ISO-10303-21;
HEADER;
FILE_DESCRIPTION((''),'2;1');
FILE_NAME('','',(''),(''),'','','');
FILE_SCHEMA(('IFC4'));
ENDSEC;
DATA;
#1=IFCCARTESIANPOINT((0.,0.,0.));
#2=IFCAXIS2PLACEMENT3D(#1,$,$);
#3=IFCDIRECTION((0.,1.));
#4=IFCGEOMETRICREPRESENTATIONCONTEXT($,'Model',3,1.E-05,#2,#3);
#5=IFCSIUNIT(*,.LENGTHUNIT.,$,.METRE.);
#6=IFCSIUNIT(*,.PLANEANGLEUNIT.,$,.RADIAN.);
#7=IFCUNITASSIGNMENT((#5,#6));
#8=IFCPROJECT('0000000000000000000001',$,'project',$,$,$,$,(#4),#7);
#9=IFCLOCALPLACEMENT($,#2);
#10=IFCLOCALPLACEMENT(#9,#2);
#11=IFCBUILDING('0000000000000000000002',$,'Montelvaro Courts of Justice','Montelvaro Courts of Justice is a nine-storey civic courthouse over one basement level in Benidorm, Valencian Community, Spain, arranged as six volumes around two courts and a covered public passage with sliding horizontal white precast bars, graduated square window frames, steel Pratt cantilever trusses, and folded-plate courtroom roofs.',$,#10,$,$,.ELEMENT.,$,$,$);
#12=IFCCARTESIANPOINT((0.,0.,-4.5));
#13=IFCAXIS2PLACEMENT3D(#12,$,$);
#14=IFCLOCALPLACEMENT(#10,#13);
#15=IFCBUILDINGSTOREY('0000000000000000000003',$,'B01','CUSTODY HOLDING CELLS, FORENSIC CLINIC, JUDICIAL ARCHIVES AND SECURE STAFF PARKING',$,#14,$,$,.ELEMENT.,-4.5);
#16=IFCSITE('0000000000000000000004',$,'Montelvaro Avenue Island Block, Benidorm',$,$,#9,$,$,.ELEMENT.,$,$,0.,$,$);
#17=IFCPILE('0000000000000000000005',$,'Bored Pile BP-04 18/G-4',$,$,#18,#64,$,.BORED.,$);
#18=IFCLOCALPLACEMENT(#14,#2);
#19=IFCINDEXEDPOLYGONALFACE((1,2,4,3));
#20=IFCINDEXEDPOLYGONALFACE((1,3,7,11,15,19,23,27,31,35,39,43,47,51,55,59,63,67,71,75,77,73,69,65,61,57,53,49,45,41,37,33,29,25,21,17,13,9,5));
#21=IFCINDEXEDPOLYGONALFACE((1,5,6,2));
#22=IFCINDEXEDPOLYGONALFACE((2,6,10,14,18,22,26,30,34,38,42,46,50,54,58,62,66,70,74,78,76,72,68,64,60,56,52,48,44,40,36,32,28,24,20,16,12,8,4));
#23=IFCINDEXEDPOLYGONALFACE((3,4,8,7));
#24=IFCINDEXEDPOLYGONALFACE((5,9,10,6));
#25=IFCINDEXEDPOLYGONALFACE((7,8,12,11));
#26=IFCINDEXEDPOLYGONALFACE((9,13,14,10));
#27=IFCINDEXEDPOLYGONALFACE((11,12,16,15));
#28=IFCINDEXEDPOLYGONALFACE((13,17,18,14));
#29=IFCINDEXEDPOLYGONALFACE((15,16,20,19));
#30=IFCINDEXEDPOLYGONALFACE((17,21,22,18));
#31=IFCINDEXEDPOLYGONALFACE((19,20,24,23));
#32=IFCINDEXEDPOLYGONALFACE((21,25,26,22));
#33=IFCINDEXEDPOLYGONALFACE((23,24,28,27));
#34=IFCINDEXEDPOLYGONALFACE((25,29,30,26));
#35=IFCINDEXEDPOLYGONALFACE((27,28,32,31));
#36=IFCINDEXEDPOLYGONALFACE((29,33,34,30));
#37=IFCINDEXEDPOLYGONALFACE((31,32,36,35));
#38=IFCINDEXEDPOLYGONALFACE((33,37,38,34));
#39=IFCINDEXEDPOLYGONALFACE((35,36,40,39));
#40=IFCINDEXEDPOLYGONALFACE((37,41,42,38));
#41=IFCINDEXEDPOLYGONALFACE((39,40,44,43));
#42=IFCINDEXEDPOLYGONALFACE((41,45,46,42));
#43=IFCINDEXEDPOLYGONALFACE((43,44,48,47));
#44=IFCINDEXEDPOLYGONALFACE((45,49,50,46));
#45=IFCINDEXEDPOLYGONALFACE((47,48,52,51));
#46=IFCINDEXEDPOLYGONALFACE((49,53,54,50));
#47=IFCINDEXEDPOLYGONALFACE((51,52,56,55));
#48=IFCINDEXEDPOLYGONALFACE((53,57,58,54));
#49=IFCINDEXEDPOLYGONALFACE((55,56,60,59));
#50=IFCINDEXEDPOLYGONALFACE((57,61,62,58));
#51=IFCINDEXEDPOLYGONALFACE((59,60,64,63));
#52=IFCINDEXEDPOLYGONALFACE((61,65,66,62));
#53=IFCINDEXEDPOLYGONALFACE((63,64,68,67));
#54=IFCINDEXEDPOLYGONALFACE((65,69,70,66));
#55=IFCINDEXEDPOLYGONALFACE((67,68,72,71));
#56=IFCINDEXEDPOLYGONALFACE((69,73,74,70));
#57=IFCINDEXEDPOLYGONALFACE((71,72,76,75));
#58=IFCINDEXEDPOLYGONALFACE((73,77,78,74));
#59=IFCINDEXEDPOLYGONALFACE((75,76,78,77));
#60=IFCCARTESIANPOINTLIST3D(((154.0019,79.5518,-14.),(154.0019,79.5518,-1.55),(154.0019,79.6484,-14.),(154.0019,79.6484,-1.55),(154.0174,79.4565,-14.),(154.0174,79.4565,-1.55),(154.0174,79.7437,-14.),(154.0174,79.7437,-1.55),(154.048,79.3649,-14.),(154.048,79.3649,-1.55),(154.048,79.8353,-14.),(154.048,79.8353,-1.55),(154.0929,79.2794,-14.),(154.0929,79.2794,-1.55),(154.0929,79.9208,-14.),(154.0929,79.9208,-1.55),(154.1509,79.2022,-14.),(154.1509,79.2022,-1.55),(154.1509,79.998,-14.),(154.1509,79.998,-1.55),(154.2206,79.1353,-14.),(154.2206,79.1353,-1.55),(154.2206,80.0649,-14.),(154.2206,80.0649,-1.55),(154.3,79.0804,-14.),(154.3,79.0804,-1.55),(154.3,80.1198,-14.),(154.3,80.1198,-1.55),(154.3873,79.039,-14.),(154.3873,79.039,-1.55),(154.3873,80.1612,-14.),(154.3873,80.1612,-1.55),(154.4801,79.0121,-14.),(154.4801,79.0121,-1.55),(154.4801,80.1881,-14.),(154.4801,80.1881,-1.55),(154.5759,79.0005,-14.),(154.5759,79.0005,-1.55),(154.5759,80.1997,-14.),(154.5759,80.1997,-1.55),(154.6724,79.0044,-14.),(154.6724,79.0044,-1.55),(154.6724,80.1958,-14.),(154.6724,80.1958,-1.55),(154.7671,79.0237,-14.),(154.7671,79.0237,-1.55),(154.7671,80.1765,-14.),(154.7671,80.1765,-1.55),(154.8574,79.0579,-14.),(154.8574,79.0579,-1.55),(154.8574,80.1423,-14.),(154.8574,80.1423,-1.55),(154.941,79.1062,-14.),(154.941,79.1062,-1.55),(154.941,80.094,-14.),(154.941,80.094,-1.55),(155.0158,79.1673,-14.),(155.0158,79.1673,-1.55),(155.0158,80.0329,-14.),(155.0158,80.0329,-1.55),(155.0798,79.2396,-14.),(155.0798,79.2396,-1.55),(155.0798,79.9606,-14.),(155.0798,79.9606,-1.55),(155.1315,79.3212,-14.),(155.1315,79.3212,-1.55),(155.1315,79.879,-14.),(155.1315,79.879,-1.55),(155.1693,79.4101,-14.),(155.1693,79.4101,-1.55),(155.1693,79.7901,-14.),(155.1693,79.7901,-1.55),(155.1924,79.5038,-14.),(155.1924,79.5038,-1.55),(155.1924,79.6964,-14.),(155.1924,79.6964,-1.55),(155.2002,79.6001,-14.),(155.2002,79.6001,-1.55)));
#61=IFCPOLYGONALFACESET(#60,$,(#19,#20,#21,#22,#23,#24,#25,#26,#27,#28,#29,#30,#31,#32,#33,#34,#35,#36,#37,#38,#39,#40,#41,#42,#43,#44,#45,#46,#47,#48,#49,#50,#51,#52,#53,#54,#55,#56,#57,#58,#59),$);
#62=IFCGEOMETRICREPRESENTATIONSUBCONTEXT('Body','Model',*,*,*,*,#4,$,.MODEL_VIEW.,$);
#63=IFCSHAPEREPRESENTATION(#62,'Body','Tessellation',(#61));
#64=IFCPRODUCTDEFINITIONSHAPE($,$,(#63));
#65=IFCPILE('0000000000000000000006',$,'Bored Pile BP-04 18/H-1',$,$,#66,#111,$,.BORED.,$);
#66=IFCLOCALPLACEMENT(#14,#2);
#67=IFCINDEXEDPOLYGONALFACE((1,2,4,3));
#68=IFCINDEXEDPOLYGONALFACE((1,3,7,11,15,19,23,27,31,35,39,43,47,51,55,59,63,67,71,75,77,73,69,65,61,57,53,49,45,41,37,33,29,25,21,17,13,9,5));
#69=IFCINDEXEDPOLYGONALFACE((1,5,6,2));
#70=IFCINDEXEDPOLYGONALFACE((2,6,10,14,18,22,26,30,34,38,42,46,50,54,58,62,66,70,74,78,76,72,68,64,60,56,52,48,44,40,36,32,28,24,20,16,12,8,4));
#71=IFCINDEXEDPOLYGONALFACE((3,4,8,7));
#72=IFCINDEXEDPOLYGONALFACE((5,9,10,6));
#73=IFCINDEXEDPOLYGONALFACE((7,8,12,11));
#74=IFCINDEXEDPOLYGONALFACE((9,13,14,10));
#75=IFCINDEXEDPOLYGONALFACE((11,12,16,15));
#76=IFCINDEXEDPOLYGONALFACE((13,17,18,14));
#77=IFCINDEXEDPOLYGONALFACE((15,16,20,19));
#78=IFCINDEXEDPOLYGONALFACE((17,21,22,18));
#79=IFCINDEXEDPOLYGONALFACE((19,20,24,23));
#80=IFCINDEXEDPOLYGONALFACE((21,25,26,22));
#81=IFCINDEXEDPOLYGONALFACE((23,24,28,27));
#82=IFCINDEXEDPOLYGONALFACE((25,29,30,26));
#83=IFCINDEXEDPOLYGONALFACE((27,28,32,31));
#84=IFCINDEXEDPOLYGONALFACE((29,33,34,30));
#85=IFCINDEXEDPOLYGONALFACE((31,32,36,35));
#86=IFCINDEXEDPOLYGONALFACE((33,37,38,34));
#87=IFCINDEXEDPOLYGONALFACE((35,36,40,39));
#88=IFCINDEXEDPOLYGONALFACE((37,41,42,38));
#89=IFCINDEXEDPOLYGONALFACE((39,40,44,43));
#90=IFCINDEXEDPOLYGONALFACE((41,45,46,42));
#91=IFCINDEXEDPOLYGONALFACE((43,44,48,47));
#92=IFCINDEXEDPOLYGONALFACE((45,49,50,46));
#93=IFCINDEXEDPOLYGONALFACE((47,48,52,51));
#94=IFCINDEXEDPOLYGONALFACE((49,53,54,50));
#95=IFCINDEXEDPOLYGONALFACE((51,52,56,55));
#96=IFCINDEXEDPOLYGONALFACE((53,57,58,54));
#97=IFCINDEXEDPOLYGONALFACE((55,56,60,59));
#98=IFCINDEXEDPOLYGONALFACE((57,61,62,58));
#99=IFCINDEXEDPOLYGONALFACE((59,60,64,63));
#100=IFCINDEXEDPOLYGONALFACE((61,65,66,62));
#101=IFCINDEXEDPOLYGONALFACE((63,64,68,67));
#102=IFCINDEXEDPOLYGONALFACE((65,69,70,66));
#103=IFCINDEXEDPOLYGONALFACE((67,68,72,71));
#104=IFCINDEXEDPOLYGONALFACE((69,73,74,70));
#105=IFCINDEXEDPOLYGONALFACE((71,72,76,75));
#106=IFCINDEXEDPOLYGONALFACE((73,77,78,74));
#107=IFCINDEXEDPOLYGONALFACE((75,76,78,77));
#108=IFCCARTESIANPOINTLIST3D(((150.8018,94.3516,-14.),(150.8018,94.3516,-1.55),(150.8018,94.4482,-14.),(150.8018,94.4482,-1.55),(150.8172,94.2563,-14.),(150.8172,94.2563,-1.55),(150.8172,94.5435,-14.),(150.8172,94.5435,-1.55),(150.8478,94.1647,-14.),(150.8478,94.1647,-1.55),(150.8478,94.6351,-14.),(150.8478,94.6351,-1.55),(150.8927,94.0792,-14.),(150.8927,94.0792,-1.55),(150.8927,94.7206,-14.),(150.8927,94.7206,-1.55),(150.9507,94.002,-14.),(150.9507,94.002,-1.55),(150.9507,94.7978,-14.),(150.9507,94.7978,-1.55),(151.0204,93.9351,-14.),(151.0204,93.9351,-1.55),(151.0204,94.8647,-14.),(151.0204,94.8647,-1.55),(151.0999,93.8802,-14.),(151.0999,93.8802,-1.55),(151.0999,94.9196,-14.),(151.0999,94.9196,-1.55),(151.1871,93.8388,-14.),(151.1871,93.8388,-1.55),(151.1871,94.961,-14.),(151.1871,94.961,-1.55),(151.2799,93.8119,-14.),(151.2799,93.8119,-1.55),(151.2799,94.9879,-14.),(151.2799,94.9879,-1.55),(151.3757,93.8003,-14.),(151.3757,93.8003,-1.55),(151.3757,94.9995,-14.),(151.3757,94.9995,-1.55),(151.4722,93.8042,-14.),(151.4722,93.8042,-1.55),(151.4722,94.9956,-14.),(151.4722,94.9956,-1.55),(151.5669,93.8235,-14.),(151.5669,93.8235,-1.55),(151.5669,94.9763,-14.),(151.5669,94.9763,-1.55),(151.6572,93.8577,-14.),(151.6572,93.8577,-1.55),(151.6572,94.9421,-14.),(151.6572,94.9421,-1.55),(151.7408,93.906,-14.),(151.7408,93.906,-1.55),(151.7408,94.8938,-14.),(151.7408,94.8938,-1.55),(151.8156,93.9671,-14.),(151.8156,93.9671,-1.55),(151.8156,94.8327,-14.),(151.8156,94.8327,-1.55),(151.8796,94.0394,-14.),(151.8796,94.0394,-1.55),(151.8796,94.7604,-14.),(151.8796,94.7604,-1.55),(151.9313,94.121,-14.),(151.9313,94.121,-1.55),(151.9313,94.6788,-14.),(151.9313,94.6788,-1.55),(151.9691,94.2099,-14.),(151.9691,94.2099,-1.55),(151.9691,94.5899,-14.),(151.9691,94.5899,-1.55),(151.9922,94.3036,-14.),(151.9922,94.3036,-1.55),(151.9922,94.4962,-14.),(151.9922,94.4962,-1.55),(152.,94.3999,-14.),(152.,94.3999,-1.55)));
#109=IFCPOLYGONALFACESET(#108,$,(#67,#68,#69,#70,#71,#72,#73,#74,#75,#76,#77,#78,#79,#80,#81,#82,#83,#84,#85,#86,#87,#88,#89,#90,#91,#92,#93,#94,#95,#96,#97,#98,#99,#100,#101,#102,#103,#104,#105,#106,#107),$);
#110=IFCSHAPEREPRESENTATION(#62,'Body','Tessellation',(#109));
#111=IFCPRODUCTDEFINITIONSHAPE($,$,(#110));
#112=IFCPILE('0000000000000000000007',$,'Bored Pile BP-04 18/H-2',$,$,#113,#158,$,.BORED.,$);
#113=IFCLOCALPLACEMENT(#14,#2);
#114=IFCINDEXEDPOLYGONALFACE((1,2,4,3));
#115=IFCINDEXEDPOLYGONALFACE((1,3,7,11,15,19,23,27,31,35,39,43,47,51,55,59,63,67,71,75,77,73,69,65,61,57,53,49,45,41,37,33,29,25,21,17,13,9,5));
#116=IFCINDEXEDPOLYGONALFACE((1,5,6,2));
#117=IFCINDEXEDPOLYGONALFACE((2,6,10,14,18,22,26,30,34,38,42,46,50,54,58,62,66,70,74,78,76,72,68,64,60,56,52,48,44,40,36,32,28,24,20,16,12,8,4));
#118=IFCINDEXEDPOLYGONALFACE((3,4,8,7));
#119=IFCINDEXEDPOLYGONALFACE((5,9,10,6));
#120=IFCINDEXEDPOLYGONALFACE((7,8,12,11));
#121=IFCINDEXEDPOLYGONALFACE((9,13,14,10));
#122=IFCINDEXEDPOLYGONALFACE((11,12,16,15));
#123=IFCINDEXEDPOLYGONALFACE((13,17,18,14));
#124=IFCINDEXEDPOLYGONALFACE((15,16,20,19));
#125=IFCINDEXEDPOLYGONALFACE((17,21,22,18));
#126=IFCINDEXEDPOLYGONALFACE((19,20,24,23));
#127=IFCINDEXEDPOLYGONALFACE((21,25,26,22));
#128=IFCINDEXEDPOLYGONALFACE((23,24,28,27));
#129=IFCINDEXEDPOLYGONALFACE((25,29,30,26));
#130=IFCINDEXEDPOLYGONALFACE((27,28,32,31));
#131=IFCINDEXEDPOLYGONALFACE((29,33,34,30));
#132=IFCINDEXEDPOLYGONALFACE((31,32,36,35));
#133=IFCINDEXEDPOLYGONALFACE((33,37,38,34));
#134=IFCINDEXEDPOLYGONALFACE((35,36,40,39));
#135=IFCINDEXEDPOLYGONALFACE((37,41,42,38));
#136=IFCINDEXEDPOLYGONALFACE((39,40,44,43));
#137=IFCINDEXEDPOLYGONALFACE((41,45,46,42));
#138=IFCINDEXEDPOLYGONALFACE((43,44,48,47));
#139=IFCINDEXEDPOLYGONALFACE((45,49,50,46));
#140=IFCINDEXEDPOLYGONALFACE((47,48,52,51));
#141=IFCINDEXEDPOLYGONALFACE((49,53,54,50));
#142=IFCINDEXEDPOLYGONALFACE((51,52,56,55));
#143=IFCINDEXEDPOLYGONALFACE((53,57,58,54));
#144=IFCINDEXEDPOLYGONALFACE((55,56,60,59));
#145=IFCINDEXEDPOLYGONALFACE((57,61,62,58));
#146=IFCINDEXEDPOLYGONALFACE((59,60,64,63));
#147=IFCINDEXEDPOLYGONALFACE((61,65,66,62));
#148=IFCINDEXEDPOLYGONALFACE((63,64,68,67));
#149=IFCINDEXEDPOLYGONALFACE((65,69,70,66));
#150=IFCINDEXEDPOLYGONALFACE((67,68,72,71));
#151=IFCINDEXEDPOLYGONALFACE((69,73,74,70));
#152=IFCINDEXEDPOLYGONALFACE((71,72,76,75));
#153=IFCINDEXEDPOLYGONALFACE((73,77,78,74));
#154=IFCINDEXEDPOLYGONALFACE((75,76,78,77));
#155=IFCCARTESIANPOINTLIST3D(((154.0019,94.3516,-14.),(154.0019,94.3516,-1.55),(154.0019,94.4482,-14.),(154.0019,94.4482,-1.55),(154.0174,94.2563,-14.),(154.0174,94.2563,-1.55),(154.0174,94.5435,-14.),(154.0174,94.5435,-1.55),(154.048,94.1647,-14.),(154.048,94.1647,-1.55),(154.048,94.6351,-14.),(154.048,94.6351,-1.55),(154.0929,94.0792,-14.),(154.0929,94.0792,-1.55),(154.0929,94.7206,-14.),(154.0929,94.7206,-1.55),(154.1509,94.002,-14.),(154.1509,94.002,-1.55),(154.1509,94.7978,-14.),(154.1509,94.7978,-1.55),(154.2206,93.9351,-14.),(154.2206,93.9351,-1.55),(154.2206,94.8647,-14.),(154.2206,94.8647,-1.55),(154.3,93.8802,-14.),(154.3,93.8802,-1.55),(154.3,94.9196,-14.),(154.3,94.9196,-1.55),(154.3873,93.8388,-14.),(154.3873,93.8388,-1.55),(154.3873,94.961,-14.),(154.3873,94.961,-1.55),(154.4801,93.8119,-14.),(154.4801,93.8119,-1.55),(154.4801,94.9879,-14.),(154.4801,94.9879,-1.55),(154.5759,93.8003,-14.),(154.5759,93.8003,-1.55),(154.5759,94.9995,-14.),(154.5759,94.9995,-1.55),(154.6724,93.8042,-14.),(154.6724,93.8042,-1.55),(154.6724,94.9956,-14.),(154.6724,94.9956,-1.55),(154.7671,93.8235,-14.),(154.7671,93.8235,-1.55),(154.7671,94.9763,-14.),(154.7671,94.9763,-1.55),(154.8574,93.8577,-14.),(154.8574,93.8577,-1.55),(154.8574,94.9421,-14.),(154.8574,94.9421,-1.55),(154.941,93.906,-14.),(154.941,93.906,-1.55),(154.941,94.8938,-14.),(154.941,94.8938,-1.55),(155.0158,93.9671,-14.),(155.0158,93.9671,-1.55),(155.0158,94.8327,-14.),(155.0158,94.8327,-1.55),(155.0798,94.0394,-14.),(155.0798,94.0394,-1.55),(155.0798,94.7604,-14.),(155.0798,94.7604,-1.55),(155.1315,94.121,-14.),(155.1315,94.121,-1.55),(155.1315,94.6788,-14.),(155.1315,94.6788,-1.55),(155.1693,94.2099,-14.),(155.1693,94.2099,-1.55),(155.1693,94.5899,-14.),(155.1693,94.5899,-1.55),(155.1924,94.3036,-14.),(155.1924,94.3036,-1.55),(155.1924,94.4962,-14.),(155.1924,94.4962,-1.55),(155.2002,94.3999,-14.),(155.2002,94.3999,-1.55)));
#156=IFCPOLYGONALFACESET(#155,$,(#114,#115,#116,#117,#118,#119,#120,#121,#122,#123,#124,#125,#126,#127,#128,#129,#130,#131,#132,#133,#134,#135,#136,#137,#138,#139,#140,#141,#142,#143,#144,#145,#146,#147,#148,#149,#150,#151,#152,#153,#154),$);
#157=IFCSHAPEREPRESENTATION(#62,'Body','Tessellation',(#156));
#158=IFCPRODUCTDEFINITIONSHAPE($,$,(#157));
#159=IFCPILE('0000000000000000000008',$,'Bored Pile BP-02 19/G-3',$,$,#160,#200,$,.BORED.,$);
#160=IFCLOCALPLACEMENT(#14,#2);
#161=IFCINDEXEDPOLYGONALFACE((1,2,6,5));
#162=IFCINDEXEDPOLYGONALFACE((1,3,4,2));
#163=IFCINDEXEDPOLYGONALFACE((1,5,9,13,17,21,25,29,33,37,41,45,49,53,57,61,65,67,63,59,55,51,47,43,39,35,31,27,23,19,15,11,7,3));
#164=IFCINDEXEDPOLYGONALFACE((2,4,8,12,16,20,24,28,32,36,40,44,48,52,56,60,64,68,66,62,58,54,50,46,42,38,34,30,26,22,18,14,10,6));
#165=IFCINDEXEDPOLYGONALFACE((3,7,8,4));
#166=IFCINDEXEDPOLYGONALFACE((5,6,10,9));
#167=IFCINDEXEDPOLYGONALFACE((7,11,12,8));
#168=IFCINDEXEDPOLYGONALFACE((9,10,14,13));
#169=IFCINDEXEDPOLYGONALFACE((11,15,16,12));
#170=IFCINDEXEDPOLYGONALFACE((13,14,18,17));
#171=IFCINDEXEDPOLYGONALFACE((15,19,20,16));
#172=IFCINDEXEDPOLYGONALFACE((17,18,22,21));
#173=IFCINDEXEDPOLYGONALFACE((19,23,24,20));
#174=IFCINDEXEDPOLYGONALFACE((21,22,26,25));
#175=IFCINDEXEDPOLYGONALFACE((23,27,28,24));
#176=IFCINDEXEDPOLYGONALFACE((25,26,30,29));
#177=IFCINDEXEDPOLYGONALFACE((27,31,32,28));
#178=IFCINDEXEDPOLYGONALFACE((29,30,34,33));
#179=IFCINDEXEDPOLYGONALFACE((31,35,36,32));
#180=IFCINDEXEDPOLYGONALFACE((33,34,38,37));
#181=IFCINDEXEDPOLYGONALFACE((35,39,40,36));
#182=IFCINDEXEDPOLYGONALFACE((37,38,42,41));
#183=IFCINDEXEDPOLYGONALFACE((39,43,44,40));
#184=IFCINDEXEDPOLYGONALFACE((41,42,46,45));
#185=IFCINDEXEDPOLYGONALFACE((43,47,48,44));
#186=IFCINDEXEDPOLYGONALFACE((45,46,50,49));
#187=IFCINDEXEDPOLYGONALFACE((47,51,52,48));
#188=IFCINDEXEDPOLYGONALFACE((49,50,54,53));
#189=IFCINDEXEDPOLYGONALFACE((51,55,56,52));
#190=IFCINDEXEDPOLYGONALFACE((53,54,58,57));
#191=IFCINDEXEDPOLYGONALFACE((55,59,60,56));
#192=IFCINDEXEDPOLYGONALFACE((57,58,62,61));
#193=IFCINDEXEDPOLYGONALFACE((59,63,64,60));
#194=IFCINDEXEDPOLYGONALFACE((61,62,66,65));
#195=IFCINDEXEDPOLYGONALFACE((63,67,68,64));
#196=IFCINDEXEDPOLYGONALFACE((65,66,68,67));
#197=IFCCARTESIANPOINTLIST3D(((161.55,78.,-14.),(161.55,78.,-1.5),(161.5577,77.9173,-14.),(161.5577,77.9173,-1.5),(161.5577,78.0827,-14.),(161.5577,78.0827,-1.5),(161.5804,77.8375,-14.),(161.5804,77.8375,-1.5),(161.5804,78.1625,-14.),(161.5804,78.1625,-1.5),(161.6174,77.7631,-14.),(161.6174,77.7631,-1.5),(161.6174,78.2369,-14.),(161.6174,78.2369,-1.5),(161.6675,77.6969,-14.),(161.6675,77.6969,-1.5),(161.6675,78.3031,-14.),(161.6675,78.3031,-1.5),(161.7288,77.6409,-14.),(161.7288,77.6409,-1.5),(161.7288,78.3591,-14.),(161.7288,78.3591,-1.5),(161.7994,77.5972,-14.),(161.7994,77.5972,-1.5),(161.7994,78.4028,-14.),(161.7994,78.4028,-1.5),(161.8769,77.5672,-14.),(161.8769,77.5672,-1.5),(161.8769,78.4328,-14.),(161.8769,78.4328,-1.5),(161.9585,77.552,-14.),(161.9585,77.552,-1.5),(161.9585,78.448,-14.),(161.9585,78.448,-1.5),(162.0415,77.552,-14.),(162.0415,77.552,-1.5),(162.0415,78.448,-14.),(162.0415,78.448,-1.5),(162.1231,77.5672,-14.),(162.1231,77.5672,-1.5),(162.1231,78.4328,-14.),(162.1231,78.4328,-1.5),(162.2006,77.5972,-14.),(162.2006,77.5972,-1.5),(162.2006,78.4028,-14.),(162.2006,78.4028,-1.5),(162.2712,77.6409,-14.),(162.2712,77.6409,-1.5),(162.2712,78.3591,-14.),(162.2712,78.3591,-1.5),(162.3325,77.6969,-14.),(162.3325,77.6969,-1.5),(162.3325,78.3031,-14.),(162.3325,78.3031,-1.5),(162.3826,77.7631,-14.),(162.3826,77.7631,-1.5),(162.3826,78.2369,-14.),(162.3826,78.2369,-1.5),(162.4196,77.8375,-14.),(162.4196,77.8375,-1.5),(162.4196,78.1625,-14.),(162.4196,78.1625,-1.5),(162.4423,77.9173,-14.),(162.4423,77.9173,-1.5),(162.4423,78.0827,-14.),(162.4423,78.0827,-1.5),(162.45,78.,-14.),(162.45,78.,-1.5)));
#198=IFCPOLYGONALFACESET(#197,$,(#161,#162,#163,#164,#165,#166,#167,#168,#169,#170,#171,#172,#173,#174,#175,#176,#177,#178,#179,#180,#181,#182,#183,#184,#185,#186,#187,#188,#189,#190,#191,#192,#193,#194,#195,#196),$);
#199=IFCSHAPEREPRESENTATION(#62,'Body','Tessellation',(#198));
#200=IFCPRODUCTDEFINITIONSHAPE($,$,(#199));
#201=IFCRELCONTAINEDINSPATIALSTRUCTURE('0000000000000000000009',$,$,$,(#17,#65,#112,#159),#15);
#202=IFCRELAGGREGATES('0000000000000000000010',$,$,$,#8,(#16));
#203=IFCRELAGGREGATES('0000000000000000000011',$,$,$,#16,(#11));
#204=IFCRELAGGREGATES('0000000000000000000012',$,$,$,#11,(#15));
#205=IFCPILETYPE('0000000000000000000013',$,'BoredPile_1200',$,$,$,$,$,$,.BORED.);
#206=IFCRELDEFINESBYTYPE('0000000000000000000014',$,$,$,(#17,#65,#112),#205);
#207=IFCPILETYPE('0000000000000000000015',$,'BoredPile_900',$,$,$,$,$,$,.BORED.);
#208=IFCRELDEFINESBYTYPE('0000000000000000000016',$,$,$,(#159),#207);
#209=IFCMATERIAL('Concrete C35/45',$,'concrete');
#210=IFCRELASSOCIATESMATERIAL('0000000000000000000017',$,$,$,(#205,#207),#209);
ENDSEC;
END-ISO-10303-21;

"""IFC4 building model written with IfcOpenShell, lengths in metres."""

from ifc_helpers import new_model, si_unit, direction, frame, origin, origin_2d, place, context, subcontext, project, spatial, circle, extrude, material, material_profile, profile_set, type_object, element, save


model = new_model("IFC4")

# Units and contexts
model_context = context("Model", 3, precision=1e-05, world=origin(), true_north=direction((0.0, 1.0)))
body_context = subcontext(model_context, "Body", "Model", "MODEL_VIEW")
ifc_project = project(units=[si_unit("LENGTHUNIT", "METRE"), si_unit("PLANEANGLEUNIT", "RADIAN")], contexts=[model_context])

# Site, building, storey
site_placement = place(None, origin())
site = spatial("IfcSite", under=ifc_project, at=site_placement, Name="Montelvaro Avenue Island Block, Benidorm", CompositionType="ELEMENT", RefElevation=0.0)
building_placement = place(site_placement, origin())
building = spatial("IfcBuilding", under=site, at=building_placement, Name="Montelvaro Courts of Justice", Description="Montelvaro Courts of Justice is a nine-storey civic courthouse over one basement level in Benidorm, Valencian Community, Spain, arranged as six volumes around two courts and a covered public passage with sliding horizontal white precast bars, graduated square window frames, steel Pratt cantilever trusses, and folded-plate courtroom roofs.", CompositionType="ELEMENT")
storey_placement = place(building_placement, frame((0.0, 0.0, -4.5)))
storey = spatial("IfcBuildingStorey", under=building, at=storey_placement, Name="B01", Description="CUSTODY HOLDING CELLS, FORENSIC CLINIC, JUDICIAL ARCHIVES AND SECURE STAFF PARKING", CompositionType="ELEMENT", Elevation=-4.5)

# Piles
ifc_material_1 = material(Name="Concrete C35/45", Category="concrete")
ifc_material_profile_1 = material_profile(ifc_material_1, circle(Radius=0.6001, at=origin_2d()), Name="BORED PILE D1200")
ifc_profile_set_1 = profile_set([ifc_material_profile_1], Name="Concrete C35/45")
pile_type_1 = type_object("IfcPileType", Name="BoredPile_1200", PredefinedType="BORED", material=ifc_profile_set_1)
for number, where, z_axis, x_axis, name in (
    (1, (154.6001, 79.6001, -1.55), (0.0, 0.0, -1.0), (1.0, 0.0, 0.0), "Bored Pile BP-04 18/G-4"),
    (2, (151.3999, 94.3999, -1.55), (0.0, 0.0, -1.0), (1.0, 0.0, 0.0), "Bored Pile BP-04 18/H-1"),
    (3, (154.6001, 94.3999, -1.55), (0.0, 0.0, -1.0), (1.0, 0.0, 0.0), "Bored Pile BP-04 18/H-2"),
):
    element("IfcPile", number, at=place(storey_placement, frame(where, z_axis=z_axis, x_axis=x_axis)), inside=storey, type_object=pile_type_1, Name=name, PredefinedType="BORED", context=body_context, shape_type="SweptSolid", body=[
        extrude(circle(Radius=0.6001, at=origin_2d()), origin(), (0.0, 0.0, 1.0), 12.45),
    ])
ifc_material_profile_2 = material_profile(ifc_material_1, circle(Radius=0.45, at=origin_2d()), Name="BORED PILE D900")
ifc_profile_set_2 = profile_set([ifc_material_profile_2], Name="Concrete C35/45")
pile_type_2 = type_object("IfcPileType", Name="BoredPile_900", PredefinedType="BORED", material=ifc_profile_set_2)
for number, where, z_axis, x_axis, name in (
    (4, (162.0, 78.0, -1.5), (0.0, 0.0, -1.0), (1.0, 0.0, 0.0), "Bored Pile BP-02 19/G-3"),
):
    element("IfcPile", number, at=place(storey_placement, frame(where, z_axis=z_axis, x_axis=x_axis)), inside=storey, type_object=pile_type_2, Name=name, PredefinedType="BORED", context=body_context, shape_type="SweptSolid", body=[
        extrude(circle(Radius=0.45, at=origin_2d()), origin(), (0.0, 0.0, 1.0), 12.5),
    ])

save(model, "model.ifc")
